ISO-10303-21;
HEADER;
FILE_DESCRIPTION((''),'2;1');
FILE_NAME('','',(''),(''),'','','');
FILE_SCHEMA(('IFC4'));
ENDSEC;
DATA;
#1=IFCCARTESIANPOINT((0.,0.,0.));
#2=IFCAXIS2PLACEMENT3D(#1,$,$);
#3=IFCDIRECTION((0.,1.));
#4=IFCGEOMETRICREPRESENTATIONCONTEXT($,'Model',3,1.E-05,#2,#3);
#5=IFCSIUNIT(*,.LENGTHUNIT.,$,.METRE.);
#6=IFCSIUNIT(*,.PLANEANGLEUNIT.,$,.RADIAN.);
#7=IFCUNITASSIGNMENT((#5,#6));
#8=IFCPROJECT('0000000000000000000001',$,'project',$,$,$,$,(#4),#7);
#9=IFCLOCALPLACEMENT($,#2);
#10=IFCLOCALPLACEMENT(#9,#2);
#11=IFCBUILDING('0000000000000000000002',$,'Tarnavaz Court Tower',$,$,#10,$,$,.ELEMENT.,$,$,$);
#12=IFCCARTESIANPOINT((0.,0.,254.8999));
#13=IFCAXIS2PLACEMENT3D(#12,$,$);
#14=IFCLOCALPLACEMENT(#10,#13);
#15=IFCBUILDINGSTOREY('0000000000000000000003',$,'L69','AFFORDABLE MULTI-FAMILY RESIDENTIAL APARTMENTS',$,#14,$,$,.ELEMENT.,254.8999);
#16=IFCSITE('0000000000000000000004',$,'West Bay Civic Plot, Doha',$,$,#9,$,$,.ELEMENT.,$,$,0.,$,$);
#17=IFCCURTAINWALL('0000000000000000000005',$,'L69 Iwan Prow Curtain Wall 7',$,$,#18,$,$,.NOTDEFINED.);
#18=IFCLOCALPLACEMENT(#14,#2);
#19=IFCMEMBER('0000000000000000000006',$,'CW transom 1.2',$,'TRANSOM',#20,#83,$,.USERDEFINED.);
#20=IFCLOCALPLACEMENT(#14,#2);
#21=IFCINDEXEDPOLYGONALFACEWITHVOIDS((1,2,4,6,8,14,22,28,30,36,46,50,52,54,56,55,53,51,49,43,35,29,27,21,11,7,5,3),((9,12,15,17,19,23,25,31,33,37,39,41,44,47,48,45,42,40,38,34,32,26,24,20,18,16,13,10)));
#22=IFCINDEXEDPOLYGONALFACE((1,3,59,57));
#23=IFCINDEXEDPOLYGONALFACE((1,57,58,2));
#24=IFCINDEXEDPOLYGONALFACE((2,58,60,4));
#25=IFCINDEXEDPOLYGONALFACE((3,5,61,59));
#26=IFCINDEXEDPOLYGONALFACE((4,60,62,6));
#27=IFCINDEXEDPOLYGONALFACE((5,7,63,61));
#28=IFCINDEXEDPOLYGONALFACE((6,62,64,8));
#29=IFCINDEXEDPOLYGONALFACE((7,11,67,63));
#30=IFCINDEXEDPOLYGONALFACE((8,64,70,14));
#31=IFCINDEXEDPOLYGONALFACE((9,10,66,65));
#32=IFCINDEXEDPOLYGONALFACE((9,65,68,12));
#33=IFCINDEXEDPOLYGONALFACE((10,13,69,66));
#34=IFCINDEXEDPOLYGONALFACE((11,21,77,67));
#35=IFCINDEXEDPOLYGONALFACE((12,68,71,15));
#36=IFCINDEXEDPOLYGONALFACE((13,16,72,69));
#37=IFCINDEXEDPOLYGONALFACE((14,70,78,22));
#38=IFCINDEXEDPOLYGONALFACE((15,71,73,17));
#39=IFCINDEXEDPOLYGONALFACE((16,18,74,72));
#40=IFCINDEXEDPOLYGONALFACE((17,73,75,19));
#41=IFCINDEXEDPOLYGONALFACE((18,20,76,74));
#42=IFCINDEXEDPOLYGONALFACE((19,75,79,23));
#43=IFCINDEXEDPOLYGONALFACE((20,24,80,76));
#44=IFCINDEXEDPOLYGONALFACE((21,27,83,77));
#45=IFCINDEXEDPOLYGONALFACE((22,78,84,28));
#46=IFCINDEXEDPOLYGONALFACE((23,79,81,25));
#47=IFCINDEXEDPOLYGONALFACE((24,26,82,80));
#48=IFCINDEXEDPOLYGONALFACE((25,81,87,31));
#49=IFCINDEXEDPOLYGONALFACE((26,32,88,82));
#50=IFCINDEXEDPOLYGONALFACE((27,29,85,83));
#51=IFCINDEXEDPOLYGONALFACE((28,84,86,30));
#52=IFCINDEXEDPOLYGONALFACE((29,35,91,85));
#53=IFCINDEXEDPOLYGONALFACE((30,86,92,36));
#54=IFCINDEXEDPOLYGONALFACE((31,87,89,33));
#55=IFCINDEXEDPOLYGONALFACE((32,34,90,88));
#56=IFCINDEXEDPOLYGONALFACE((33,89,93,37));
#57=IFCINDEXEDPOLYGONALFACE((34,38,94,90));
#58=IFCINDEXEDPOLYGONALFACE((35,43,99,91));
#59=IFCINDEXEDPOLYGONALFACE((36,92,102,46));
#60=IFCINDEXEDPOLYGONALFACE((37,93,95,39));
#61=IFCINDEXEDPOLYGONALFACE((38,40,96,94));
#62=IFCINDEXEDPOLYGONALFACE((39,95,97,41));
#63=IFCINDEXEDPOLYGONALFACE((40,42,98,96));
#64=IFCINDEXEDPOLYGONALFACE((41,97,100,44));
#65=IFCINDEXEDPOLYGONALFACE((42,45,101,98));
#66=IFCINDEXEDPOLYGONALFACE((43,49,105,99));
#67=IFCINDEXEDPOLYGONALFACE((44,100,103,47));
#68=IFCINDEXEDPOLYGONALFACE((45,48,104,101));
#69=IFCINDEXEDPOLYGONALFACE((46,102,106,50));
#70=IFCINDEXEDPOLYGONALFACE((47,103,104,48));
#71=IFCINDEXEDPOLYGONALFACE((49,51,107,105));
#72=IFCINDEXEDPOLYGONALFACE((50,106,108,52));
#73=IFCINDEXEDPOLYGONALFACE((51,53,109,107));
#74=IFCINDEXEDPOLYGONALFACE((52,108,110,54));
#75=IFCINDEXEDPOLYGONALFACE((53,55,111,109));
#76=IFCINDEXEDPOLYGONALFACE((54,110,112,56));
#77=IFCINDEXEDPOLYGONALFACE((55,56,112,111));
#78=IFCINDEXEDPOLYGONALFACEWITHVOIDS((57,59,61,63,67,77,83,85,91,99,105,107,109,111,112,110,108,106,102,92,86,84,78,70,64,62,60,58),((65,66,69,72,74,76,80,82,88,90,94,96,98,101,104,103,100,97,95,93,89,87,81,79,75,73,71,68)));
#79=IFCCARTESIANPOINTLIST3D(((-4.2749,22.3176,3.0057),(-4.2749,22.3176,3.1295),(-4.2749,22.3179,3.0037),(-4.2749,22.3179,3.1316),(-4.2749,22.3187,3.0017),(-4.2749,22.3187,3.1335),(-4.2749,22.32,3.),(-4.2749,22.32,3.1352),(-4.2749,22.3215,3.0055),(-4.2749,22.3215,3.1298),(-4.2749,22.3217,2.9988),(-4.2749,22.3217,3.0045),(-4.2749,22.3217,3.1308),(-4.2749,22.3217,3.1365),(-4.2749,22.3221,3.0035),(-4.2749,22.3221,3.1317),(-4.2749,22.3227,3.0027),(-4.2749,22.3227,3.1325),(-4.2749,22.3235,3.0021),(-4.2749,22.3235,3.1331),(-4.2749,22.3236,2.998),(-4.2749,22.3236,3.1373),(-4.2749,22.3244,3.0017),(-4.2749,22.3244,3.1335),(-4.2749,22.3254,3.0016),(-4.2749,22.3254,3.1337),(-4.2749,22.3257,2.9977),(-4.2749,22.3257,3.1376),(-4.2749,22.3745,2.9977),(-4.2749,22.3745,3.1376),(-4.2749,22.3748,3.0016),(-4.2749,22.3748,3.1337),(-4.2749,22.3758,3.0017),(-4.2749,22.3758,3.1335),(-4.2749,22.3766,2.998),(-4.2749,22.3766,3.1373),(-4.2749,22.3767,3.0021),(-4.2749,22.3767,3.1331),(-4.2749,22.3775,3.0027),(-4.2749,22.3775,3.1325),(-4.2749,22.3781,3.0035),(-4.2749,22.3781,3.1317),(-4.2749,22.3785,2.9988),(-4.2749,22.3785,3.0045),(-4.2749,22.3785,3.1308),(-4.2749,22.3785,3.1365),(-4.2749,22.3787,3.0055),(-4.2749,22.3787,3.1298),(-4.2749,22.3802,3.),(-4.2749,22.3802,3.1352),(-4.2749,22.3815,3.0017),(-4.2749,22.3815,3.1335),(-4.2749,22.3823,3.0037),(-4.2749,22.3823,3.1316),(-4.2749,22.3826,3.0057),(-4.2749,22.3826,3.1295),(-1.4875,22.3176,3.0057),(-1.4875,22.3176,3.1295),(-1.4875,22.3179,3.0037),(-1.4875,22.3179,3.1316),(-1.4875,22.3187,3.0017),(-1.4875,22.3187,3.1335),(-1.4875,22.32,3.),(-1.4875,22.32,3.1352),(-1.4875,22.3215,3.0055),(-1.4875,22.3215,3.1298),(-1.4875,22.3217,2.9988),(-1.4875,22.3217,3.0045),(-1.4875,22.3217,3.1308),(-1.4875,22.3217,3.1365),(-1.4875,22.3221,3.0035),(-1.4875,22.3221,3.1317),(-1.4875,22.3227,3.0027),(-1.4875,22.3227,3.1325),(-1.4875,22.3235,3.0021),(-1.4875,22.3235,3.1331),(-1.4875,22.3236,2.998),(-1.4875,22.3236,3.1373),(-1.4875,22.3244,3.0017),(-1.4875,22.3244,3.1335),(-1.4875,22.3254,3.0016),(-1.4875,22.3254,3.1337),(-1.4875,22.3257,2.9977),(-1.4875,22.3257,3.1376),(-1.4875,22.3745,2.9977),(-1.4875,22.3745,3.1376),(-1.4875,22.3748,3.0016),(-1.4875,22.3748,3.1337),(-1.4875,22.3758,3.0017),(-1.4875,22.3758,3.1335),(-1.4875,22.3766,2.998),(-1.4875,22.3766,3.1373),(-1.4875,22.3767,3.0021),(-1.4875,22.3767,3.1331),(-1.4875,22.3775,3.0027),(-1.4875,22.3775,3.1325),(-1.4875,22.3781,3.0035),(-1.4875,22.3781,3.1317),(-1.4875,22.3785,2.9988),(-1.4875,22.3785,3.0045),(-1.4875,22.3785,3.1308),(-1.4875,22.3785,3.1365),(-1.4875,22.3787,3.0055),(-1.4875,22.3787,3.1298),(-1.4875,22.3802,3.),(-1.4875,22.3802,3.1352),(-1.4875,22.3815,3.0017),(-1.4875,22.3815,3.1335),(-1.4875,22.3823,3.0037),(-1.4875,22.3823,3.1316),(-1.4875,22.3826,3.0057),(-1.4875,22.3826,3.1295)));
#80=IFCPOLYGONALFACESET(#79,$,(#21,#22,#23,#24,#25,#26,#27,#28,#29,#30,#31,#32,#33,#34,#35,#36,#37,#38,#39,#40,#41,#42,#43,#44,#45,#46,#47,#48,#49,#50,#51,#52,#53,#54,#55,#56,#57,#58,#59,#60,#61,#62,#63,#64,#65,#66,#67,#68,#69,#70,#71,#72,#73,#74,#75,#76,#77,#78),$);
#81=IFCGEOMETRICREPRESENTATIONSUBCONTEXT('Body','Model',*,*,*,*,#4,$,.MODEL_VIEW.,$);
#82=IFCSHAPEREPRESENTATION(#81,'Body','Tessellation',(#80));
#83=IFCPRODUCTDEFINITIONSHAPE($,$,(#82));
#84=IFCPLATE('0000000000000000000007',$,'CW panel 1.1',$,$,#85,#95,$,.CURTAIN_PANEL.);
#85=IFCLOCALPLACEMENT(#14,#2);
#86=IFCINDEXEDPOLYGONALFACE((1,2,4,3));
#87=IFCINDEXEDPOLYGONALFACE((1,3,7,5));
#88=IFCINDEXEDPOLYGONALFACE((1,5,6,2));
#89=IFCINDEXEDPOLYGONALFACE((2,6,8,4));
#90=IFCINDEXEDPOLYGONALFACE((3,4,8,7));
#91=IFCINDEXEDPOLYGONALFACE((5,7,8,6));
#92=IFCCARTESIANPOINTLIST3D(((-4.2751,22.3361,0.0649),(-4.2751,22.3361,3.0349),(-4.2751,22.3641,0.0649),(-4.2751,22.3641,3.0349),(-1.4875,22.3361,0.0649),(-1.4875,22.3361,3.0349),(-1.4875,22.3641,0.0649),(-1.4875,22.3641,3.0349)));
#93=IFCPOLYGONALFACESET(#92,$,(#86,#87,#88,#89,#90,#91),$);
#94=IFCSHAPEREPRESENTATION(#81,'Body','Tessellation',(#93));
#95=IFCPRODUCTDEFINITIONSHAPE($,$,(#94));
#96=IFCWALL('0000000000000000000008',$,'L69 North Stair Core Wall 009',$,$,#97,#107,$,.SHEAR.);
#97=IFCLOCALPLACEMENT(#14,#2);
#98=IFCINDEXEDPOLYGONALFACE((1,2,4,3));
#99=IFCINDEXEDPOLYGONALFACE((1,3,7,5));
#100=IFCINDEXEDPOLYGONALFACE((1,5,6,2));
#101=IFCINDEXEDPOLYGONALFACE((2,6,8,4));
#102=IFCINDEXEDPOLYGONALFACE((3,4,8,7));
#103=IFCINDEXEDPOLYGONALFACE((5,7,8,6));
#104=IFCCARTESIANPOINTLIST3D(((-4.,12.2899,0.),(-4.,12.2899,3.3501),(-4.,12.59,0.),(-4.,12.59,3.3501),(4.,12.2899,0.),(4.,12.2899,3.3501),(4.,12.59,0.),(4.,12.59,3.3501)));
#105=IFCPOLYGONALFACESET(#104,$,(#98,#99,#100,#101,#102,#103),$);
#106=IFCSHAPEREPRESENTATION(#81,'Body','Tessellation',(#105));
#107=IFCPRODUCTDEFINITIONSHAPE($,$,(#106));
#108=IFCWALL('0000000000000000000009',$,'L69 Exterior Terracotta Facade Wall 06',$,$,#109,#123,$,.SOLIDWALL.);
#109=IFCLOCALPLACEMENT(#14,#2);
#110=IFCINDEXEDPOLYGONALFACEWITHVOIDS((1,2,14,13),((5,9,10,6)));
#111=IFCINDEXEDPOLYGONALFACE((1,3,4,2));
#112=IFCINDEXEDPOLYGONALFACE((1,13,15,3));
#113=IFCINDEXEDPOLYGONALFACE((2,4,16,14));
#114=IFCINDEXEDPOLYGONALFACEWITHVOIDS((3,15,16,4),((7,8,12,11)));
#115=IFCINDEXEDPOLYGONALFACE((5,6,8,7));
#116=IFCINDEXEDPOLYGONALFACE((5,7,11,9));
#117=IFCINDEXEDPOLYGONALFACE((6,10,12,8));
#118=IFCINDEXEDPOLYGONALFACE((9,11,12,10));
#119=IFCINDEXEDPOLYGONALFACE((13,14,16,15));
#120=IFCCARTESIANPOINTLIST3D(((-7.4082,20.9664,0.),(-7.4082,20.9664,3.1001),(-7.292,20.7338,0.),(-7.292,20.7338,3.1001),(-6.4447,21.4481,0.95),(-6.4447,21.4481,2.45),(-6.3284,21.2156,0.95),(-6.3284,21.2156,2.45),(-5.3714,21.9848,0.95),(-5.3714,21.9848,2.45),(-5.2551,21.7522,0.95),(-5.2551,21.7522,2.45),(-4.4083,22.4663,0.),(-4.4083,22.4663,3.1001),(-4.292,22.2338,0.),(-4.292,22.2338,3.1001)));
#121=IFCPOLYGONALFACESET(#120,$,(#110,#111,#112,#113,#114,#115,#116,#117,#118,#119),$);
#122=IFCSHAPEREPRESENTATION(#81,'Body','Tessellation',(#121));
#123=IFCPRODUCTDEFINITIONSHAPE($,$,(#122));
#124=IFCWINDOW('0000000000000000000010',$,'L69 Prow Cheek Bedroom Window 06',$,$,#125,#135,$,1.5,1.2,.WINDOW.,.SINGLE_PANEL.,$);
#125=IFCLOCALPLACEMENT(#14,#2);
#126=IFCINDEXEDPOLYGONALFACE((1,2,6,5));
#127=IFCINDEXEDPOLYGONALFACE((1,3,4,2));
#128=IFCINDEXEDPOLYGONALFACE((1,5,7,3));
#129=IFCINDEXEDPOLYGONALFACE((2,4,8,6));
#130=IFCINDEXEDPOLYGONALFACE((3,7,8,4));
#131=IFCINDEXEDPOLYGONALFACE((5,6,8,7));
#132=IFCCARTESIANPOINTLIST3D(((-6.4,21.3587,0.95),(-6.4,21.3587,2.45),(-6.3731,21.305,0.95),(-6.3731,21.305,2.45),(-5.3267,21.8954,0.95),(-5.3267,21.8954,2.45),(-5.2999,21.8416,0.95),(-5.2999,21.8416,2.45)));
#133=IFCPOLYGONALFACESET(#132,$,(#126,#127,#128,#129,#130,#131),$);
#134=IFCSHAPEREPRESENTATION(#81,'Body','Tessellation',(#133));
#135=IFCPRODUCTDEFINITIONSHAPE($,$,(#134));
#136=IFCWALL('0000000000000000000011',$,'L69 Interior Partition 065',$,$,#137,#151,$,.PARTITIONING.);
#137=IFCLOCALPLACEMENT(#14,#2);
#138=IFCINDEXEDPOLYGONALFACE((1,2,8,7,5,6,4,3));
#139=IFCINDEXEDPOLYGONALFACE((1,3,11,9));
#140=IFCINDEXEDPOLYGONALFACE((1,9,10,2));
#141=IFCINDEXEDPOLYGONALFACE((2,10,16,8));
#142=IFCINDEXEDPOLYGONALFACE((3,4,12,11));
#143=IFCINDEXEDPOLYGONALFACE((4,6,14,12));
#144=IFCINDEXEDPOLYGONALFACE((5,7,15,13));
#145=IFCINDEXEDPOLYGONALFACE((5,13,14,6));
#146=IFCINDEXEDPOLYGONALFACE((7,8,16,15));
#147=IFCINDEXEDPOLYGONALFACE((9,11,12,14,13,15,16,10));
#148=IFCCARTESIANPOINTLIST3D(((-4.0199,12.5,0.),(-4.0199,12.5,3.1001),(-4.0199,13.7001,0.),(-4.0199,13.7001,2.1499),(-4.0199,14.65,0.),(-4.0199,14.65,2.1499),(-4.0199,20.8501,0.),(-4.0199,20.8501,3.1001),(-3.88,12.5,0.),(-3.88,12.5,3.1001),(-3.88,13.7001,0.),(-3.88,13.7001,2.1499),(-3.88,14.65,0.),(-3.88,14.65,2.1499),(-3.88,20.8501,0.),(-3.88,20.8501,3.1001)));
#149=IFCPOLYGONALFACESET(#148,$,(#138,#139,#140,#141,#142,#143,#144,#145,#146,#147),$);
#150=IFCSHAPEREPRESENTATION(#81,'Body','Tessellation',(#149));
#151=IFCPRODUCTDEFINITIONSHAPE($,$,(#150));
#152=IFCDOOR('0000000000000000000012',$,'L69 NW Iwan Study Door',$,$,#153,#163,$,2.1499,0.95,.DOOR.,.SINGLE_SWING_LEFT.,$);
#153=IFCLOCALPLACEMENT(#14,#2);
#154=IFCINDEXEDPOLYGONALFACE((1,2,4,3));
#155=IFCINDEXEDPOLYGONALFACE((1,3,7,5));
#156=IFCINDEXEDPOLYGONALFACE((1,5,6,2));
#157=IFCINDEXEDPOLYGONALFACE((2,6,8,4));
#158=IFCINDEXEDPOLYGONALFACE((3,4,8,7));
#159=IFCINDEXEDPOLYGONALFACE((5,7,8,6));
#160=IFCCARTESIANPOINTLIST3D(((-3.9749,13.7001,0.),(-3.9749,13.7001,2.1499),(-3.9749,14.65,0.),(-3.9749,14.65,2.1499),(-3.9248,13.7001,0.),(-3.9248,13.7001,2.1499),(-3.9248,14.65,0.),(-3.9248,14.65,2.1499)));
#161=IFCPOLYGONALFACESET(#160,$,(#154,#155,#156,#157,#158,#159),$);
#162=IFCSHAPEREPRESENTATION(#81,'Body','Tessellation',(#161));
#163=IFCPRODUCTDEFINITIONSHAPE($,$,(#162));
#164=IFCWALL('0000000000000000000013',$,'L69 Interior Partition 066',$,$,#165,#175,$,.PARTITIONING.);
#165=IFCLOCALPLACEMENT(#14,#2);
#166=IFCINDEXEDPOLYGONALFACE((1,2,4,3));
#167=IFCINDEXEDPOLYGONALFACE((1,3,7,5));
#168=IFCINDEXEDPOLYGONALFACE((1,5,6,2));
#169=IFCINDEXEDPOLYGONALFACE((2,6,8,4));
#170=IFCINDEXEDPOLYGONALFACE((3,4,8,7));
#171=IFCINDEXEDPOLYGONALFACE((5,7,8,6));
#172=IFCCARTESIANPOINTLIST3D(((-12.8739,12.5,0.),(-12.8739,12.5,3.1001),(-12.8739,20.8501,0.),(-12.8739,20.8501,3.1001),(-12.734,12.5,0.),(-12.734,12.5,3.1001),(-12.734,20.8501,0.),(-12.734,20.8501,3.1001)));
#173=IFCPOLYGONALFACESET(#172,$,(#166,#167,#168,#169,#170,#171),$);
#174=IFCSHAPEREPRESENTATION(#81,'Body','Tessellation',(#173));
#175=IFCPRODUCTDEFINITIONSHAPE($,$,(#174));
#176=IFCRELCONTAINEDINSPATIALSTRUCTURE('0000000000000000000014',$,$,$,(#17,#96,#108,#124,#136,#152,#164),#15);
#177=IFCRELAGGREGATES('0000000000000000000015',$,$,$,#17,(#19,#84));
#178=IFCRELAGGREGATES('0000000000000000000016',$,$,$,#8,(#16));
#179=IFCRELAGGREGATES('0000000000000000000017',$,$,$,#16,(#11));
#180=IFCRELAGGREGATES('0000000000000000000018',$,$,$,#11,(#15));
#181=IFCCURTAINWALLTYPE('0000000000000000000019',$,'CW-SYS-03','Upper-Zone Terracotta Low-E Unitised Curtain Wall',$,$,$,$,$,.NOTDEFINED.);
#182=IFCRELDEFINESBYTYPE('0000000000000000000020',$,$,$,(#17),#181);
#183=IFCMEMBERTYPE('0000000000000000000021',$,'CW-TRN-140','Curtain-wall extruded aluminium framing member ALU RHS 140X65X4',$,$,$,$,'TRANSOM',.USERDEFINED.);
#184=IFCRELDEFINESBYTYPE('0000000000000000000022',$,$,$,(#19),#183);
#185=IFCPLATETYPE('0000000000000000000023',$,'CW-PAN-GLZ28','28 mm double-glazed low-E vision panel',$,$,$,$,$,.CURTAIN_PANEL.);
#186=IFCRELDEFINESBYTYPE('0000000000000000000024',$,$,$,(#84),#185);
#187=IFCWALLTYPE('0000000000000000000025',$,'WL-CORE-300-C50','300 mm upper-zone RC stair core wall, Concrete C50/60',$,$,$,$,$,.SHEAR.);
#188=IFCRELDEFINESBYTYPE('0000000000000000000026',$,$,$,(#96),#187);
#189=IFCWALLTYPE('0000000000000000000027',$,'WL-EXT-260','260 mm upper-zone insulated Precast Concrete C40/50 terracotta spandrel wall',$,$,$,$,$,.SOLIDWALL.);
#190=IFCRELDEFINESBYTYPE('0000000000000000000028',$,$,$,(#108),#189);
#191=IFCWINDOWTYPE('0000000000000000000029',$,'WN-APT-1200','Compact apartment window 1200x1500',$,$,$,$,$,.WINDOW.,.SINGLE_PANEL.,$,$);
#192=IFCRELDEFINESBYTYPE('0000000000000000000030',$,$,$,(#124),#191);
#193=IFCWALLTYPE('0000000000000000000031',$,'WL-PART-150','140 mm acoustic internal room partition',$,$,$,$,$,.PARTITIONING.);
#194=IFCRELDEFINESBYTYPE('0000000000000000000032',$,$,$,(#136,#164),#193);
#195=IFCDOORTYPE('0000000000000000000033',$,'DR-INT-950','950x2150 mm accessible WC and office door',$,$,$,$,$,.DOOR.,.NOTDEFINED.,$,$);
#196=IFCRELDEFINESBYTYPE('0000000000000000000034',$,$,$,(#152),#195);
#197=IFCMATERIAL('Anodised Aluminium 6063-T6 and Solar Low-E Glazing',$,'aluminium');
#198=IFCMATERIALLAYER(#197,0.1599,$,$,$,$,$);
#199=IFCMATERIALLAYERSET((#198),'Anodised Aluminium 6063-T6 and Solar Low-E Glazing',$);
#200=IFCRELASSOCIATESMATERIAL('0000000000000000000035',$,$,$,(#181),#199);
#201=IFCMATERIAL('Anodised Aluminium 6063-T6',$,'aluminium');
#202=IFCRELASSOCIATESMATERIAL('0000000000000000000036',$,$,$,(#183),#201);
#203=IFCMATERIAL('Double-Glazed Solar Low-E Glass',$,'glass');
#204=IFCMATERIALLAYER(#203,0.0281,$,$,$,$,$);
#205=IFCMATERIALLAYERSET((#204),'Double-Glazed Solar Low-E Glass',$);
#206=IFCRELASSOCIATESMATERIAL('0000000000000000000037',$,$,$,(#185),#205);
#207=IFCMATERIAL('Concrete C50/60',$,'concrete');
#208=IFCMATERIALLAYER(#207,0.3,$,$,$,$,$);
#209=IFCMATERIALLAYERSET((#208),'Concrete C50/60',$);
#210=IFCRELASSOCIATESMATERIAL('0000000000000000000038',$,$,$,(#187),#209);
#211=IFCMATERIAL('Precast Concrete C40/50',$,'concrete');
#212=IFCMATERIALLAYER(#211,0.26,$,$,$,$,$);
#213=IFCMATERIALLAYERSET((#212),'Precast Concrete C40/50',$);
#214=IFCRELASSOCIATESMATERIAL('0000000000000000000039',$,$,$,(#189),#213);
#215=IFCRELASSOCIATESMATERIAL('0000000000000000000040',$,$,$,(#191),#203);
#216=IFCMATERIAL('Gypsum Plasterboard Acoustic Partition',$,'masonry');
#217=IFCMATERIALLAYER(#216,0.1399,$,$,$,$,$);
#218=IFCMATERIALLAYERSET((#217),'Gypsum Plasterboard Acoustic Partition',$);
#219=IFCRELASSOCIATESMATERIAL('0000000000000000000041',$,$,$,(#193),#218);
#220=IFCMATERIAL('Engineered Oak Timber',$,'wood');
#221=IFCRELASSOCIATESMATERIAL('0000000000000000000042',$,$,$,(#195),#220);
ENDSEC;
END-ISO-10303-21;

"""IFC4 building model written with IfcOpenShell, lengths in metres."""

from ifc_helpers import new_model, si_unit, direction, frame, frame_2d, origin, origin_2d, place, context, subcontext, project, spatial, rectangle, hollow_rectangle, extrude, material, layer, layer_set, material_profile, profile_set, type_object, element, fill, aggregate, save


model = new_model("IFC4")

# Units and contexts
model_context = context("Model", 3, precision=1e-05, world=origin(), true_north=direction((0.0, 1.0)))
body_context = subcontext(model_context, "Body", "Model", "MODEL_VIEW")
ifc_project = project(units=[si_unit("LENGTHUNIT", "METRE"), si_unit("PLANEANGLEUNIT", "RADIAN")], contexts=[model_context])

# Site, building, storey
site_placement = place(None, origin())
site = spatial("IfcSite", under=ifc_project, at=site_placement, Name="West Bay Civic Plot, Doha", CompositionType="ELEMENT", RefElevation=0.0)
building_placement = place(site_placement, origin())
building = spatial("IfcBuilding", under=site, at=building_placement, Name="Tarnavaz Court Tower", CompositionType="ELEMENT")
storey_placement = place(building_placement, frame((0.0, 0.0, 254.8999)))
storey = spatial("IfcBuildingStorey", under=building, at=storey_placement, Name="L69", Description="AFFORDABLE MULTI-FAMILY RESIDENTIAL APARTMENTS", CompositionType="ELEMENT", Elevation=254.8999)

# Shared definitions
ifc_material_1 = material(Name="Concrete C50/60", Category="concrete")

# Curtain wall, member, plate
ifc_material_2 = material(Name="Anodised Aluminium 6063-T6 and Solar Low-E Glazing", Category="aluminium")
ifc_layer_1 = layer(ifc_material_2, 0.1599)
ifc_layer_set_1 = layer_set([ifc_layer_1], Name="Anodised Aluminium 6063-T6 and Solar Low-E Glazing")
curtain_wall_type = type_object("IfcCurtainWallType", Name="CW-SYS-03", Description="Upper-Zone Terracotta Low-E Unitised Curtain Wall", PredefinedType="NOTDEFINED", material=ifc_layer_set_1)
curtain_wall_placement = place(storey_placement, origin())
curtain_wall = element("IfcCurtainWall", 1, at=curtain_wall_placement, inside=storey, type_object=curtain_wall_type, Name="L69 Iwan Prow Curtain Wall 7", PredefinedType="NOTDEFINED")
ifc_material_3 = material(Name="Anodised Aluminium 6063-T6", Category="aluminium")
ifc_material_profile_1 = material_profile(ifc_material_3, hollow_rectangle(XDim=0.0649, YDim=0.1399, WallThickness=0.0039, InnerFilletRadius=0.0039, OuterFilletRadius=0.0081, at=origin_2d()), Name="ALU RHS 140X65X4")
ifc_profile_set_1 = profile_set([ifc_material_profile_1], Name="Anodised Aluminium 6063-T6")
member_type_1 = type_object("IfcMemberType", Name="CW-TRN-140", Description="Curtain-wall extruded aluminium framing member ALU RHS 140X65X4", ElementType="TRANSOM", PredefinedType="USERDEFINED", material=ifc_profile_set_1)
member_1_placement = place(storey_placement, frame((-4.2749, 22.3501, 3.0676), z_axis=(1.0, 0.0, 0.0), x_axis=(0.0, 1.0, 0.0)))
member_1 = element("IfcMember", 2, at=member_1_placement, type_object=member_type_1, Name="CW transom 1.2", ObjectType="TRANSOM", PredefinedType="USERDEFINED", context=body_context, shape_type="SweptSolid", body=[
    extrude(hollow_rectangle(XDim=0.0649, YDim=0.1399, WallThickness=0.0039, InnerFilletRadius=0.0039, OuterFilletRadius=0.0081, at=origin_2d()), origin(), (0.0, 0.0, 1.0), 2.7874),
])
ifc_material_4 = material(Name="Double-Glazed Solar Low-E Glass", Category="glass")
ifc_layer_2 = layer(ifc_material_4, 0.0281)
ifc_layer_set_2 = layer_set([ifc_layer_2], Name="Double-Glazed Solar Low-E Glass")
plate_type = type_object("IfcPlateType", Name="CW-PAN-GLZ28", Description="28 mm double-glazed low-E vision panel", PredefinedType="CURTAIN_PANEL", material=ifc_layer_set_2)
plate_placement = place(storey_placement, frame((-2.8813, 22.3501, 0.0649), z_axis=(0.0, 0.0, 1.0), x_axis=(1.0, 0.0, 0.0)))
plate = element("IfcPlate", 3, at=plate_placement, type_object=plate_type, Name="CW panel 1.1", PredefinedType="CURTAIN_PANEL", context=body_context, shape_type="SweptSolid", body=[
    extrude(rectangle(XDim=2.7876, YDim=0.0281, at=origin_2d()), origin(), (0.0, 0.0, 1.0), 2.97),
])
aggregate(curtain_wall, [member_1, plate])

# Wall
ifc_layer_3 = layer(ifc_material_1, 0.3)
ifc_layer_set_3 = layer_set([ifc_layer_3], Name="Concrete C50/60")
wall_type_1 = type_object("IfcWallType", Name="WL-CORE-300-C50", Description="300 mm upper-zone RC stair core wall, Concrete C50/60", PredefinedType="SHEAR", material=ifc_layer_set_3)
wall_1_placement = place(storey_placement, frame((-4.0, 12.4399, 0.0), z_axis=(0.0, 0.0, 1.0), x_axis=(1.0, 0.0, 0.0)))
element("IfcWall", 4, at=wall_1_placement, inside=storey, type_object=wall_type_1, Name="L69 North Stair Core Wall 009", PredefinedType="SHEAR", context=body_context, shape_type="SweptSolid", body=[
    extrude(rectangle(XDim=8.0, YDim=0.3, at=frame_2d((4.0, 0.0))), origin(), (0.0, 0.0, 1.0), 3.3501),
])

# Wall, opening, window
ifc_material_5 = material(Name="Precast Concrete C40/50", Category="concrete")
ifc_layer_4 = layer(ifc_material_5, 0.26)
ifc_layer_set_4 = layer_set([ifc_layer_4], Name="Precast Concrete C40/50")
wall_type_2 = type_object("IfcWallType", Name="WL-EXT-260", Description="260 mm upper-zone insulated Precast Concrete C40/50 terracotta spandrel wall", PredefinedType="SOLIDWALL", material=ifc_layer_set_4)
wall_2_placement = place(storey_placement, frame((-7.3501, 20.8501, 0.0), z_axis=(0.0, 0.0, 1.0), x_axis=(0.894427, 0.447214, 0.0)))
wall_2 = element("IfcWall", 5, at=wall_2_placement, inside=storey, type_object=wall_type_2, Name="L69 Exterior Terracotta Facade Wall 06", PredefinedType="SOLIDWALL", context=body_context, shape_type="SweptSolid", body=[
    extrude(rectangle(XDim=3.354, YDim=0.26, at=frame_2d((1.677, 0.0))), origin(), (0.0, 0.0, 1.0), 3.1001),
])
opening_1_placement = place(wall_2_placement, frame((1.0771, 0.0, 0.95)))
opening_1 = element("IfcOpeningElement", 6, at=opening_1_placement, cuts=wall_2, PredefinedType="OPENING", context=body_context, shape_type="SweptSolid", body=[
    extrude(rectangle(XDim=1.2, YDim=1.5, at=frame_2d((0.6001, 0.75))), frame((0.0, 0.1399, 0.0), z_axis=(0.0, -1.0, 0.0), x_axis=(1.0, 0.0, 0.0)), (0.0, 0.0, 1.0), 0.28),
])
window_type = type_object("IfcWindowType", Name="WN-APT-1200", Description="Compact apartment window 1200x1500", PartitioningType="SINGLE_PANEL", PredefinedType="WINDOW", material=ifc_material_4)
window_placement = place(opening_1_placement, origin())
window = element("IfcWindow", 7, at=window_placement, inside=storey, type_object=window_type, Name="L69 Prow Cheek Bedroom Window 06", OverallHeight=1.5, OverallWidth=1.2, PartitioningType="SINGLE_PANEL", PredefinedType="WINDOW", context=body_context, shape_type="SweptSolid", body=[
    extrude(rectangle(XDim=1.2, YDim=1.5, at=frame_2d((0.6001, 0.75))), frame((0.0, 0.03, 0.0), z_axis=(0.0, -1.0, 0.0), x_axis=(1.0, 0.0, 0.0)), (0.0, 0.0, 1.0), 0.0601),
])
fill(opening_1, window)

# Wall, opening, door
ifc_material_6 = material(Name="Gypsum Plasterboard Acoustic Partition", Category="masonry")
ifc_layer_5 = layer(ifc_material_6, 0.1399)
ifc_layer_set_5 = layer_set([ifc_layer_5], Name="Gypsum Plasterboard Acoustic Partition")
wall_type_3 = type_object("IfcWallType", Name="WL-PART-150", Description="140 mm acoustic internal room partition", PredefinedType="PARTITIONING", material=ifc_layer_set_5)
wall_3_placement = place(storey_placement, frame((-3.95, 12.5, 0.0), z_axis=(0.0, 0.0, 1.0), x_axis=(0.0, 1.0, 0.0)))
wall_3 = element("IfcWall", 8, at=wall_3_placement, inside=storey, type_object=wall_type_3, Name="L69 Interior Partition 065", PredefinedType="PARTITIONING", context=body_context, shape_type="SweptSolid", body=[
    extrude(rectangle(XDim=8.3501, YDim=0.1399, at=frame_2d((4.175, 0.0))), origin(), (0.0, 0.0, 1.0), 3.1001),
])
opening_2_placement = place(wall_3_placement, frame((1.2, 0.0, 0.0)))
opening_2 = element("IfcOpeningElement", 9, at=opening_2_placement, cuts=wall_3, PredefinedType="OPENING", context=body_context, shape_type="SweptSolid", body=[
    extrude(rectangle(XDim=0.95, YDim=2.1499, at=frame_2d((0.4751, 1.075))), frame((0.0, 0.0798, 0.0), z_axis=(0.0, -1.0, 0.0), x_axis=(1.0, 0.0, 0.0)), (0.0, 0.0, 1.0), 0.1599),
])
ifc_material_7 = material(Name="Engineered Oak Timber", Category="wood")
door_type = type_object("IfcDoorType", Name="DR-INT-950", Description="950x2150 mm accessible WC and office door", OperationType="NOTDEFINED", PredefinedType="DOOR", material=ifc_material_7)
door_placement = place(opening_2_placement, origin())
door = element("IfcDoor", 10, at=door_placement, inside=storey, type_object=door_type, Name="L69 NW Iwan Study Door", OperationType="SINGLE_SWING_LEFT", OverallHeight=2.1499, OverallWidth=0.95, PredefinedType="DOOR", context=body_context, shape_type="SweptSolid", body=[
    extrude(rectangle(XDim=0.95, YDim=2.1499, at=frame_2d((0.4751, 1.075))), frame((0.0, 0.0249, 0.0), z_axis=(0.0, -1.0, 0.0), x_axis=(1.0, 0.0, 0.0)), (0.0, 0.0, 1.0), 0.05),
])
fill(opening_2, door)

# Wall
wall_4_placement = place(storey_placement, frame((-12.804, 12.5, 0.0), z_axis=(0.0, 0.0, 1.0), x_axis=(0.0, 1.0, 0.0)))
element("IfcWall", 11, at=wall_4_placement, inside=storey, type_object=wall_type_3, Name="L69 Interior Partition 066", PredefinedType="PARTITIONING", context=body_context, shape_type="SweptSolid", body=[
    extrude(rectangle(XDim=8.3501, YDim=0.1399, at=frame_2d((4.175, 0.0))), origin(), (0.0, 0.0, 1.0), 3.1001),
])

save(model, "model.ifc")
